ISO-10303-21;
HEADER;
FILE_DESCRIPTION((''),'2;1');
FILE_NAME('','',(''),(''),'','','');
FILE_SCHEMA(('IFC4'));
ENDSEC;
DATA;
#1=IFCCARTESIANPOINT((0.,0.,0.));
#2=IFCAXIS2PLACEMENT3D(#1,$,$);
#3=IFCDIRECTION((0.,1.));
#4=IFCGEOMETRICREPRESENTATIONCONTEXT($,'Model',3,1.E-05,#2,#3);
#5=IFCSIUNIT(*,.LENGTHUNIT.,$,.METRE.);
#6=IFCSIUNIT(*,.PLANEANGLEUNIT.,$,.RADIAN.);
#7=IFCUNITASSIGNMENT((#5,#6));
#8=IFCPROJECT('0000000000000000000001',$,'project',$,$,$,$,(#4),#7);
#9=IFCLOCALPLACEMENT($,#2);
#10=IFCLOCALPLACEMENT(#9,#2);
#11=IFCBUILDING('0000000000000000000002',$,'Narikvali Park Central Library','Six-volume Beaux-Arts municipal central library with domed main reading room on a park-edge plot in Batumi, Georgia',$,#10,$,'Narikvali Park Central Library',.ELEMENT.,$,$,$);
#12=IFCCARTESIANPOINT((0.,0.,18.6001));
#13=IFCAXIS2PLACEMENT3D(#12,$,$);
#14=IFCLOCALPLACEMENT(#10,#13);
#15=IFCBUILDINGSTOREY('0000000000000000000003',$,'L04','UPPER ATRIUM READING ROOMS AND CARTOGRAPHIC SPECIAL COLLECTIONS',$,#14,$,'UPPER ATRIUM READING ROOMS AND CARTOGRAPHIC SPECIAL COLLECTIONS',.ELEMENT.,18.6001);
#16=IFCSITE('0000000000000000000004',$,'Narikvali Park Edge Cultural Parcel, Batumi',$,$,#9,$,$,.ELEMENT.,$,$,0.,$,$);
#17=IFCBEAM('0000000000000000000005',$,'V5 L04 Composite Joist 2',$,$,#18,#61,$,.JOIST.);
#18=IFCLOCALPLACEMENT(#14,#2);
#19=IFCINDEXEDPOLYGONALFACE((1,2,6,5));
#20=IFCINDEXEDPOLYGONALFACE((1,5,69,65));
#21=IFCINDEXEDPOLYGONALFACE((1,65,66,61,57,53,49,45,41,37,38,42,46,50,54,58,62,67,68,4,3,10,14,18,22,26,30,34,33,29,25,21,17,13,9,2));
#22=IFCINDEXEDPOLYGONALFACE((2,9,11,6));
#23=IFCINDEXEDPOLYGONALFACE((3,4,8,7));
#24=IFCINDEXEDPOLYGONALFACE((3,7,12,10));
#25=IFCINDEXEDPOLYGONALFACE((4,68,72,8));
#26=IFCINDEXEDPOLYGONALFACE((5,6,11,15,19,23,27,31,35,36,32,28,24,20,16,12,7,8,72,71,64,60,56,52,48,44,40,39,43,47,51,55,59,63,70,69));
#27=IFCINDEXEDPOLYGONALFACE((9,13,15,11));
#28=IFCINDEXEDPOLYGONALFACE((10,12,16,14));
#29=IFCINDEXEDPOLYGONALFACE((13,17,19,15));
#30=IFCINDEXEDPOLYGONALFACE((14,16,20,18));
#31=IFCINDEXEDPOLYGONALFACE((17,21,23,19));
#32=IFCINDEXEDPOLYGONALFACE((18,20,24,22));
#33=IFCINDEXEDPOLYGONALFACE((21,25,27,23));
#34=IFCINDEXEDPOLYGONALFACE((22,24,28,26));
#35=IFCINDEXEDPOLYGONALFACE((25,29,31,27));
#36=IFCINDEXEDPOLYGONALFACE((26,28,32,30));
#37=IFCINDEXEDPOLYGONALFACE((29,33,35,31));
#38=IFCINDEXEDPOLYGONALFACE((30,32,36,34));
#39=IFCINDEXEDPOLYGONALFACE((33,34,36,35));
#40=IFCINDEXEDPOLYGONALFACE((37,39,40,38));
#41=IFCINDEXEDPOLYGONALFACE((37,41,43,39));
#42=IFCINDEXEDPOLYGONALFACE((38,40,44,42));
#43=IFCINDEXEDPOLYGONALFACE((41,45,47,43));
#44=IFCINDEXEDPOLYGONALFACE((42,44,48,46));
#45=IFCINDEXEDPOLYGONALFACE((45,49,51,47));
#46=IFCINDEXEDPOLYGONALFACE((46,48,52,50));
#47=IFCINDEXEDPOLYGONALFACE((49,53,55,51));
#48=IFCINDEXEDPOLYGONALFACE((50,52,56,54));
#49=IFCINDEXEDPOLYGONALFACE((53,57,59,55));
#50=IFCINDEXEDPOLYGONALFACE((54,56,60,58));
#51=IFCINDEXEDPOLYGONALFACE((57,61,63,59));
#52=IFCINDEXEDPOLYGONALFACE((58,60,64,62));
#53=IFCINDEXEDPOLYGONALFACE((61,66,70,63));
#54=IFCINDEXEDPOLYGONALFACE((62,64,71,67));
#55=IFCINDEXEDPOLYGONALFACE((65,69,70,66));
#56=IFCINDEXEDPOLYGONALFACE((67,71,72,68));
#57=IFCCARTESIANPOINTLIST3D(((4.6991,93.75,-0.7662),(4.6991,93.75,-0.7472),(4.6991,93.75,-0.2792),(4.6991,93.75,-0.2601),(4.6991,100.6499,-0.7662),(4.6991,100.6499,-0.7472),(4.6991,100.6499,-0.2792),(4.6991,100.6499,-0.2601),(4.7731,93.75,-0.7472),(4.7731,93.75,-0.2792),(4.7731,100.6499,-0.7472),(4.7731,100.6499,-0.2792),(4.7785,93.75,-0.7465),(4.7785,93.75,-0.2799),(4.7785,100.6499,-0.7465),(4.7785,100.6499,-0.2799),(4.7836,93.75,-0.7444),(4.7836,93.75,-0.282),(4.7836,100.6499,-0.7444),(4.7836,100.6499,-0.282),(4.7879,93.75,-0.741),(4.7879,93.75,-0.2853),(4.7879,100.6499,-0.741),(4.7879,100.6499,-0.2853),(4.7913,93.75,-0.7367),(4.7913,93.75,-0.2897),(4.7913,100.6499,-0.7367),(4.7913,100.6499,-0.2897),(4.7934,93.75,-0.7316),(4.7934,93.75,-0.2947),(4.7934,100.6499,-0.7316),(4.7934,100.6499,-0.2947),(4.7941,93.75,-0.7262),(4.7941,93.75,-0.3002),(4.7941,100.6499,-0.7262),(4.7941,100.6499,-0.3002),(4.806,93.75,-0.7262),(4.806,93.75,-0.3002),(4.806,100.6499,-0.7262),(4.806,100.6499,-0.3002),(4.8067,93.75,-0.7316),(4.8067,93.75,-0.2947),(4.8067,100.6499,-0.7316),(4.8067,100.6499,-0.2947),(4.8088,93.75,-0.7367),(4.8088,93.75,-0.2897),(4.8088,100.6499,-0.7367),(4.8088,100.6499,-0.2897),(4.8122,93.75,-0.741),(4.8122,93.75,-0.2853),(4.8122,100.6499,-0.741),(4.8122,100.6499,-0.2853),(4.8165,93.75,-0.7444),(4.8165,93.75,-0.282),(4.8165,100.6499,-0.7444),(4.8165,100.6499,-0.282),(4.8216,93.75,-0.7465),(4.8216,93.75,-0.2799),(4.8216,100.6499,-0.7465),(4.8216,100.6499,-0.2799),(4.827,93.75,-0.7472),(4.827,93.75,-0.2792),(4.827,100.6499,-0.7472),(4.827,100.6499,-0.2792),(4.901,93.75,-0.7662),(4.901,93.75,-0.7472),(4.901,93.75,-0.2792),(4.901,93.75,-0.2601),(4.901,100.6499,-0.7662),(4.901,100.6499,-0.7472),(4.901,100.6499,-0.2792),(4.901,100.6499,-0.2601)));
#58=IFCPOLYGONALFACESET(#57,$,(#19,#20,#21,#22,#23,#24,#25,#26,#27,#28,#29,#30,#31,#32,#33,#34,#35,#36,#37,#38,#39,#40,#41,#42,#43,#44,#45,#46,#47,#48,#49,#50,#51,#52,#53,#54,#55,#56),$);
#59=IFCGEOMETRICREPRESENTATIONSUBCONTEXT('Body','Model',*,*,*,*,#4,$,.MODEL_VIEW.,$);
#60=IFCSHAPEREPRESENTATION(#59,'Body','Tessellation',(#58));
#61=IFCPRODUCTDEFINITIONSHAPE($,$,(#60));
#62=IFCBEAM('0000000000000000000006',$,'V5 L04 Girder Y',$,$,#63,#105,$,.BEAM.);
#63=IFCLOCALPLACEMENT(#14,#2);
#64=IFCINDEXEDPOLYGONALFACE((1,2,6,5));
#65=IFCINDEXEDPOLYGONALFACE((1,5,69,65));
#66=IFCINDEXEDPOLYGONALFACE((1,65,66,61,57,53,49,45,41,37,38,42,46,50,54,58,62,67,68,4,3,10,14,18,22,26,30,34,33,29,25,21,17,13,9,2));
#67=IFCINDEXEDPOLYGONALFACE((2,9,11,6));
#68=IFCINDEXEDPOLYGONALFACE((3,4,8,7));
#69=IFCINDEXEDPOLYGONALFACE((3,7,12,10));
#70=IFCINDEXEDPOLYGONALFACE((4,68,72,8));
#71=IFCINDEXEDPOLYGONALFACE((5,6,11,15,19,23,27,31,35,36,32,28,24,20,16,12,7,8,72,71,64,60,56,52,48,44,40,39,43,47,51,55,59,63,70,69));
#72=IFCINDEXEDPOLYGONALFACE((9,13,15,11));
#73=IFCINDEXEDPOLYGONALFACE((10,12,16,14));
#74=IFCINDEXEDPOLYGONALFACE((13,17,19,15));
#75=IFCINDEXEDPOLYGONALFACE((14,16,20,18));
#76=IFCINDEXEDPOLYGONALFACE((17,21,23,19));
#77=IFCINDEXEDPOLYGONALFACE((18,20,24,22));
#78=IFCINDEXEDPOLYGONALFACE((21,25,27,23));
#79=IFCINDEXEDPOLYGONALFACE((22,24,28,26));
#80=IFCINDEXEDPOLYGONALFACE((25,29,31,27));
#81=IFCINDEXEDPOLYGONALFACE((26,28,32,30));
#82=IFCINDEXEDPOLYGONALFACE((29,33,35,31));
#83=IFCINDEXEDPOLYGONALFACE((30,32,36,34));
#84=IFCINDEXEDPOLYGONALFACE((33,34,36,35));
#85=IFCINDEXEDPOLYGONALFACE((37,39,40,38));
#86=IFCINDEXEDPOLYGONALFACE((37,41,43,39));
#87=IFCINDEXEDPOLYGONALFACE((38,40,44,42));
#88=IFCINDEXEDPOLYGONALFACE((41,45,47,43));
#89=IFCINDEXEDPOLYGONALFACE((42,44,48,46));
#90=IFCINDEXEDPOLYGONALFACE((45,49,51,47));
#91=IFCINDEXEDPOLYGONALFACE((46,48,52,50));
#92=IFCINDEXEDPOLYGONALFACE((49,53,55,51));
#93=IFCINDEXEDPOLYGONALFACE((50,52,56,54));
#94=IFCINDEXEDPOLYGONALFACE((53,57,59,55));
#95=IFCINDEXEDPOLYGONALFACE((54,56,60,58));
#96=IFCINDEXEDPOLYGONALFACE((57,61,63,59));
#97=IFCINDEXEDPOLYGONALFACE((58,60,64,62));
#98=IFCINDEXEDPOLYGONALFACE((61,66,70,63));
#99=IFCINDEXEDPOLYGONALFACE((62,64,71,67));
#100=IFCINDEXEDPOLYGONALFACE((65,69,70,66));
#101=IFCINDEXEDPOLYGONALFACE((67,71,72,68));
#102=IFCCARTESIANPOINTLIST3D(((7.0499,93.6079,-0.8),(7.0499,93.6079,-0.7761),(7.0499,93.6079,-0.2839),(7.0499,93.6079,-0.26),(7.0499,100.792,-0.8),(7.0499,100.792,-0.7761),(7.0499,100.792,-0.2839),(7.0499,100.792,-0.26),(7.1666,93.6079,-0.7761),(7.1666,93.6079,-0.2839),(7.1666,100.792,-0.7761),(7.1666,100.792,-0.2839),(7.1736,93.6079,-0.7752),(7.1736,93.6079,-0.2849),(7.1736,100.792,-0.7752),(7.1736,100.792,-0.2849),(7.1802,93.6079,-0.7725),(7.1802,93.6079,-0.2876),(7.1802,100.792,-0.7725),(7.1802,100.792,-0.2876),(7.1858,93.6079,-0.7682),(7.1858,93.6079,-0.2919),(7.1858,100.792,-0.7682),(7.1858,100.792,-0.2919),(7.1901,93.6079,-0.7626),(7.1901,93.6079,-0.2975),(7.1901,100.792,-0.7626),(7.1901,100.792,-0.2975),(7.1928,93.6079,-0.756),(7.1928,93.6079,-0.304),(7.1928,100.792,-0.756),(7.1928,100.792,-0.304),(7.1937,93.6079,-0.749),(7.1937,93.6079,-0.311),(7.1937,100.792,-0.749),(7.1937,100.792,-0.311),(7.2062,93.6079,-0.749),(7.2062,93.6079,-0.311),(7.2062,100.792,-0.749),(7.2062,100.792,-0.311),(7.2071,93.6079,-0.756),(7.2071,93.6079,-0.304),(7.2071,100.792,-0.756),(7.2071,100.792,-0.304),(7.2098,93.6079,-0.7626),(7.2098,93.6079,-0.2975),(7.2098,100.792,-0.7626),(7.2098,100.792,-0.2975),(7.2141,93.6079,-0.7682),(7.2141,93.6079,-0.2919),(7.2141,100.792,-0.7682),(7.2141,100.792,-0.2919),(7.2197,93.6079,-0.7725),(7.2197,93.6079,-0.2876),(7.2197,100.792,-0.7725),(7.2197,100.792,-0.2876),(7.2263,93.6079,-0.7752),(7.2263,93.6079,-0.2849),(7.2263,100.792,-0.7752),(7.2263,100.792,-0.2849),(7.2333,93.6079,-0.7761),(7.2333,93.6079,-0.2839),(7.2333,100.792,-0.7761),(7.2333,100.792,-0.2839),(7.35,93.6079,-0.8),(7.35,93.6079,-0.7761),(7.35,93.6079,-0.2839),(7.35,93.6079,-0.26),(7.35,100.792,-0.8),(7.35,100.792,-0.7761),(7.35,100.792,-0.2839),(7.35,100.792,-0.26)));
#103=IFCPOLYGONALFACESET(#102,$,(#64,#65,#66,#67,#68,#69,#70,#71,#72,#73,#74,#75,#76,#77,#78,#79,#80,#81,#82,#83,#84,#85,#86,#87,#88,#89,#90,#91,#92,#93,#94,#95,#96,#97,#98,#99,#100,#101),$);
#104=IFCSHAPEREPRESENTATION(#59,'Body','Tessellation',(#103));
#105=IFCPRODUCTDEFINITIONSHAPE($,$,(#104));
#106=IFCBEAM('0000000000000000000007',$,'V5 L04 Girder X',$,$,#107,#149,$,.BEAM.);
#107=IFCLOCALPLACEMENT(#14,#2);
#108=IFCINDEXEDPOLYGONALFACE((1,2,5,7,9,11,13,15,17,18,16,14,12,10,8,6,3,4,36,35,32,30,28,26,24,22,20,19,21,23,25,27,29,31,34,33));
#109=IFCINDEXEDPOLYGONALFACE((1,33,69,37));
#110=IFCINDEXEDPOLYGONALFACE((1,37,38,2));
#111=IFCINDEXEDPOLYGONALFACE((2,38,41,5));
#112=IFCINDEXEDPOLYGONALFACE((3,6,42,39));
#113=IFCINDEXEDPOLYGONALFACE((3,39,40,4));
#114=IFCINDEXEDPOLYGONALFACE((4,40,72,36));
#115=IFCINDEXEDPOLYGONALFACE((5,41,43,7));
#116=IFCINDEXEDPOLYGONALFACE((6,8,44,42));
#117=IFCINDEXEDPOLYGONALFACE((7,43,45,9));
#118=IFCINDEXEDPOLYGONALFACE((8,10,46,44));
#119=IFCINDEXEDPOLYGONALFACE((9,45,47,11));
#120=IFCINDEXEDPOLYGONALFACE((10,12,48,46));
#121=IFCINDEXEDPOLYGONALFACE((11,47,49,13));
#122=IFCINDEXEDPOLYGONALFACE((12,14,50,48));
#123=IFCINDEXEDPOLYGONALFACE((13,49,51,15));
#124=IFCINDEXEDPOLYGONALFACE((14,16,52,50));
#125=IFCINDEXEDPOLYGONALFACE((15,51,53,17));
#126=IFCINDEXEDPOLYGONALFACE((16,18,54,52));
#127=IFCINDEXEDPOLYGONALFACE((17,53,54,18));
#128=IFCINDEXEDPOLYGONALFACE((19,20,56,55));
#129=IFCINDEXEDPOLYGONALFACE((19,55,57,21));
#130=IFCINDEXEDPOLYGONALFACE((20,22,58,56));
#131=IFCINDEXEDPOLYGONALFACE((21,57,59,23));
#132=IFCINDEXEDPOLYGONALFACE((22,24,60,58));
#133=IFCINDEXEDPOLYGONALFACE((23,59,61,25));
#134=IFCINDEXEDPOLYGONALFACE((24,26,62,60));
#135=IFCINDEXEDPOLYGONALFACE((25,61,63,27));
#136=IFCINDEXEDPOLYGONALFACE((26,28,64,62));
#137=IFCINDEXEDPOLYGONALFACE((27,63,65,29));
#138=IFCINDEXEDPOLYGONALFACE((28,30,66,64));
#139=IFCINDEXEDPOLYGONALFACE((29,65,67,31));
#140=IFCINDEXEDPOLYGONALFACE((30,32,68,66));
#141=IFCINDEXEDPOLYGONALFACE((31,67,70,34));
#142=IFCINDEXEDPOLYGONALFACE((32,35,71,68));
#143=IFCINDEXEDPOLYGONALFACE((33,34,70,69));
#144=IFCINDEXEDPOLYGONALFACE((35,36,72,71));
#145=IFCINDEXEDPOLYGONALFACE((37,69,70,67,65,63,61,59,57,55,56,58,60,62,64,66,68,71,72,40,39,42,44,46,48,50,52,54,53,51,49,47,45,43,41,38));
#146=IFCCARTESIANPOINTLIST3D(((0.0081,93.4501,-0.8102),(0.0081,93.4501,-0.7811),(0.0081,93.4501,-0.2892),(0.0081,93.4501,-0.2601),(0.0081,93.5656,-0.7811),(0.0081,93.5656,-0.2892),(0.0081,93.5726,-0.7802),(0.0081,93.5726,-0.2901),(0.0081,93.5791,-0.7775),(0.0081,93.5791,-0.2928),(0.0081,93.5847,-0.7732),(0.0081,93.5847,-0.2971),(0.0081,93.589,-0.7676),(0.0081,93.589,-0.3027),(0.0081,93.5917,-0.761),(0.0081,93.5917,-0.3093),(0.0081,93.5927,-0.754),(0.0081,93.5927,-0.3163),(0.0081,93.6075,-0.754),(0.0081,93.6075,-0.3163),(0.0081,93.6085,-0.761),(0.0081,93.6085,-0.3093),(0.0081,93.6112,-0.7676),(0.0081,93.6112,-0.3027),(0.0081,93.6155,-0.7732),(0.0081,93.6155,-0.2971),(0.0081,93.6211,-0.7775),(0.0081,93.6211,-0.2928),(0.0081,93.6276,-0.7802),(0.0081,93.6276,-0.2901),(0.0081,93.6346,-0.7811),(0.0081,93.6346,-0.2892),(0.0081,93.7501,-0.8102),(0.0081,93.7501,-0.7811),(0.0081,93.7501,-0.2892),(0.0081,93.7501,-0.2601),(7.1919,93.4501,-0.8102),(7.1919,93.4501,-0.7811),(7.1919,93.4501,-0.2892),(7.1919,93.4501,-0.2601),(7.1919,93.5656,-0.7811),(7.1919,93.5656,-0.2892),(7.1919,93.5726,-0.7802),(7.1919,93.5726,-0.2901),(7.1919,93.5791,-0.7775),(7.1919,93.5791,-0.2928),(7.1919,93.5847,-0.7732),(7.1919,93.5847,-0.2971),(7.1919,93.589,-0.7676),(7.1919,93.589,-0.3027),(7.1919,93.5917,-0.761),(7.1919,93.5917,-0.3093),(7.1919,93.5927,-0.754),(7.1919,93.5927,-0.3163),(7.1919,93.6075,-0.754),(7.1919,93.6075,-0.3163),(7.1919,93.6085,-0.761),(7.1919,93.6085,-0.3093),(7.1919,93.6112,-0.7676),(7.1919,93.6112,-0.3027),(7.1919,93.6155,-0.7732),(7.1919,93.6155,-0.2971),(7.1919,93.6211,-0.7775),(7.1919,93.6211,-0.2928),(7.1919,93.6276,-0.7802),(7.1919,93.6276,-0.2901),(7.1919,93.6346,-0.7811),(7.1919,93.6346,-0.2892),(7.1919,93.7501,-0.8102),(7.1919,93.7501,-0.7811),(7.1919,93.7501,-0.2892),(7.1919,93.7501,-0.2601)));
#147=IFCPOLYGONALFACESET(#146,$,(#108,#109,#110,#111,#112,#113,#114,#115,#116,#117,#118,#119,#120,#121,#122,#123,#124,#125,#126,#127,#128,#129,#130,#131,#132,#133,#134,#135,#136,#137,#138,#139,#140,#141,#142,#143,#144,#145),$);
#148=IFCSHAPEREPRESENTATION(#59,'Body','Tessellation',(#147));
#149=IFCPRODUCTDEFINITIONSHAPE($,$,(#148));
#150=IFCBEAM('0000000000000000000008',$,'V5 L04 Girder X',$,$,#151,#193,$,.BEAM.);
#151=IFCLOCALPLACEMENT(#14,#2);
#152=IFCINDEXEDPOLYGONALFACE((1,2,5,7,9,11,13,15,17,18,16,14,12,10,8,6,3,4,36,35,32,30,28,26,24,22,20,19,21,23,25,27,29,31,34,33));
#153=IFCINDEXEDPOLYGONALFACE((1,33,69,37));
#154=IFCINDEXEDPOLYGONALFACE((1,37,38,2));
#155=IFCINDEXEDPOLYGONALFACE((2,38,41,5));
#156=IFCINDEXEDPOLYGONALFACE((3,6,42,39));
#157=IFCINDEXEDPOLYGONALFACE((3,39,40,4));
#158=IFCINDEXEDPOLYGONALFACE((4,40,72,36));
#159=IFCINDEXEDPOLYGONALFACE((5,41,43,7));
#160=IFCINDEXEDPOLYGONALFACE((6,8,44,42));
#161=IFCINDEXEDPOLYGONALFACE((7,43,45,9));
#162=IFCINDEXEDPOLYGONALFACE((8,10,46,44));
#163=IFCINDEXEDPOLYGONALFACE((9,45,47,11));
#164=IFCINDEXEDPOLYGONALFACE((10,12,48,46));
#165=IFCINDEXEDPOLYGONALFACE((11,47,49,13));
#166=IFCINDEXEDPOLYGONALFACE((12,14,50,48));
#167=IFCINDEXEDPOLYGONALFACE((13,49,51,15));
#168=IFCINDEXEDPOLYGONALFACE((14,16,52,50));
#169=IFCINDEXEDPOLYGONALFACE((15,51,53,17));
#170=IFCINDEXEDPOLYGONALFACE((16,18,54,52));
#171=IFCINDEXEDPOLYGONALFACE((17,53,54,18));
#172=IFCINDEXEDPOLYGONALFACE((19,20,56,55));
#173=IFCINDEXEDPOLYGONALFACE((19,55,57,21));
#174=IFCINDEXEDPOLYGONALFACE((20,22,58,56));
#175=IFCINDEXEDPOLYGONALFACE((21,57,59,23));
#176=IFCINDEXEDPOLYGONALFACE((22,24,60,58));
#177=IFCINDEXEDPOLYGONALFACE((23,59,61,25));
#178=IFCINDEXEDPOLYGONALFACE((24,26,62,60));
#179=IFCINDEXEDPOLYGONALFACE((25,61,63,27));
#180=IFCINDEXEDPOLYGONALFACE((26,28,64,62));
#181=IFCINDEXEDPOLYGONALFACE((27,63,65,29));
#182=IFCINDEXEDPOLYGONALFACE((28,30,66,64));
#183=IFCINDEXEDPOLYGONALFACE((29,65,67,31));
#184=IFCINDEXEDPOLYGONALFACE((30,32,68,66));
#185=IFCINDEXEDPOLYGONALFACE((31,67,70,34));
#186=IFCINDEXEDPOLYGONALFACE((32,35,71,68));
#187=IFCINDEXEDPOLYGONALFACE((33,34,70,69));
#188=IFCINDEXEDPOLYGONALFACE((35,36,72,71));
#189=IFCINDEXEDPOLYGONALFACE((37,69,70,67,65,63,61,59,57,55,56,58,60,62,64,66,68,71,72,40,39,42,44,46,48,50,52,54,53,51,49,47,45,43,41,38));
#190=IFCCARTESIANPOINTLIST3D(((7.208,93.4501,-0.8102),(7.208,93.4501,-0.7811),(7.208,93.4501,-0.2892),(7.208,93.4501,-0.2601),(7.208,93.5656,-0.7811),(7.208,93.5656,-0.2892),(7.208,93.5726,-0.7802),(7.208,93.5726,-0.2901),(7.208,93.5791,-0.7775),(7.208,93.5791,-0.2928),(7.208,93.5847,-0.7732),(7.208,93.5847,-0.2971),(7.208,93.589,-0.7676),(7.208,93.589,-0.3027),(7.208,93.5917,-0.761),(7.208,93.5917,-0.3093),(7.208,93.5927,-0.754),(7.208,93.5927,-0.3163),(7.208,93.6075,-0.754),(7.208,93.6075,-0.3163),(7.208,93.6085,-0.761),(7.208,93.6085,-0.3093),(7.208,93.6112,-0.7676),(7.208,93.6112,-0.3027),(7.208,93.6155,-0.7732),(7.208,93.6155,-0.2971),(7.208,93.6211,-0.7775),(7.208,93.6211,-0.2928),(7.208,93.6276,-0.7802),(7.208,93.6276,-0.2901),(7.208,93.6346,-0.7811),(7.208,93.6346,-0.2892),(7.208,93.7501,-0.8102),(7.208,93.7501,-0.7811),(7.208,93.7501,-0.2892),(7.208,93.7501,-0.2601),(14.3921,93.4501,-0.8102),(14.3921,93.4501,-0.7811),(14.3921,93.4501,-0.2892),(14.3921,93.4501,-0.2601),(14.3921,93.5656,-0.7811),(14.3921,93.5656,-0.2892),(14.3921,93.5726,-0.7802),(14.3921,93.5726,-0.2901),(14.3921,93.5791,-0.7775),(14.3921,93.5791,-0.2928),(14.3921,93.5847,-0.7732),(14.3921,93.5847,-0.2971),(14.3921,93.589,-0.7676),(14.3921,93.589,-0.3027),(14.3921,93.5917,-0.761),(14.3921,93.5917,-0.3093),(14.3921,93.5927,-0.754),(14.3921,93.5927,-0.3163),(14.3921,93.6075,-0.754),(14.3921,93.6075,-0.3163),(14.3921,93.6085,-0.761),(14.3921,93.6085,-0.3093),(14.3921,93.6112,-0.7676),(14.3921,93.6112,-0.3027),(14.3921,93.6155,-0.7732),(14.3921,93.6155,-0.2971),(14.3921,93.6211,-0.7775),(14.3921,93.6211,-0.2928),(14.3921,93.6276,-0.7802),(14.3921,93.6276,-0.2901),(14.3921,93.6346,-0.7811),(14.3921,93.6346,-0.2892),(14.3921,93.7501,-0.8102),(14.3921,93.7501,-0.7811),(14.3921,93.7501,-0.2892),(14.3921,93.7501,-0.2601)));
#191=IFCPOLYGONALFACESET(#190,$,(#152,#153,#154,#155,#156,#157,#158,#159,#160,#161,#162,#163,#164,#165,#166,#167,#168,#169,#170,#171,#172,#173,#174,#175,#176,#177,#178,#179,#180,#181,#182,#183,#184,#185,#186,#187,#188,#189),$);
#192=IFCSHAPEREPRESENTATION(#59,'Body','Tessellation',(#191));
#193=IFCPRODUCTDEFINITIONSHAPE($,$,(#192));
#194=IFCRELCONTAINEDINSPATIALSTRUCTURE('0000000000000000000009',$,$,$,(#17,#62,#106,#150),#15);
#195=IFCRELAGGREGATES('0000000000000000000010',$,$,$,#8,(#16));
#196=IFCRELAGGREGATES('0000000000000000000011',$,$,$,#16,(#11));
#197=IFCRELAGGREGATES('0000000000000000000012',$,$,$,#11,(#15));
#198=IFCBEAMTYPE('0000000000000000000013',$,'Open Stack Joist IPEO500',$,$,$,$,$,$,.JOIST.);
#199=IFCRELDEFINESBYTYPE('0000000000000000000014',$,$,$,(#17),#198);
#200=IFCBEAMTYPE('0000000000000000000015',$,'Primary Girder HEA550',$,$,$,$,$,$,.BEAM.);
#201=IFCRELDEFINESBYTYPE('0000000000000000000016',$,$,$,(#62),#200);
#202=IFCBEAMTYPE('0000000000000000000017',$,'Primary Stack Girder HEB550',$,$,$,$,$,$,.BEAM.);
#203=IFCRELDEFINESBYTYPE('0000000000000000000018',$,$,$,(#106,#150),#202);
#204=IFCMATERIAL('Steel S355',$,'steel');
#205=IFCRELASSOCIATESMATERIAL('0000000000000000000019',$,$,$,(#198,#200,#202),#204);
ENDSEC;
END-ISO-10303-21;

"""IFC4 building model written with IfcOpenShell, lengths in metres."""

from ifc_helpers import new_model, si_unit, direction, frame, origin, origin_2d, place, context, subcontext, project, spatial, i_section, extrude, material, material_profile, profile_set, type_object, element, save


model = new_model("IFC4")

# Units and contexts
model_context = context("Model", 3, precision=1e-05, world=origin(), true_north=direction((0.0, 1.0)))
body_context = subcontext(model_context, "Body", "Model", "MODEL_VIEW")
ifc_project = project(units=[si_unit("LENGTHUNIT", "METRE"), si_unit("PLANEANGLEUNIT", "RADIAN")], contexts=[model_context])

# Site, building, storey
site_placement = place(None, origin())
site = spatial("IfcSite", under=ifc_project, at=site_placement, Name="Narikvali Park Edge Cultural Parcel, Batumi", CompositionType="ELEMENT", RefElevation=0.0)
building_placement = place(site_placement, origin())
building = spatial("IfcBuilding", under=site, at=building_placement, Name="Narikvali Park Central Library", Description="Six-volume Beaux-Arts municipal central library with domed main reading room on a park-edge plot in Batumi, Georgia", LongName="Narikvali Park Central Library", CompositionType="ELEMENT")
storey_placement = place(building_placement, frame((0.0, 0.0, 18.6001)))
storey = spatial("IfcBuildingStorey", under=building, at=storey_placement, Name="L04", Description="UPPER ATRIUM READING ROOMS AND CARTOGRAPHIC SPECIAL COLLECTIONS", LongName="UPPER ATRIUM READING ROOMS AND CARTOGRAPHIC SPECIAL COLLECTIONS", CompositionType="ELEMENT", Elevation=18.6001)

# Shared definitions
ifc_material_1 = material(Name="Steel S355", Category="steel")

# Beams
ifc_material_profile_1 = material_profile(ifc_material_1, i_section(OverallWidth=0.2019, OverallDepth=0.5061, WebThickness=0.012, FlangeThickness=0.019, FilletRadius=0.021, at=origin_2d()), Name="IPEO 500")
ifc_profile_set_1 = profile_set([ifc_material_profile_1], Name="Steel S355")
beam_type_1 = type_object("IfcBeamType", Name="Open Stack Joist IPEO500", PredefinedType="JOIST", material=ifc_profile_set_1)
for number, where, z_axis, x_axis, name in (
    (1, (4.8, 93.75, -0.5132), (0.0, 1.0, 0.0), (-1.0, 0.0, 0.0), "V5 L04 Composite Joist 2"),
):
    element("IfcBeam", number, at=place(storey_placement, frame(where, z_axis=z_axis, x_axis=x_axis)), inside=storey, type_object=beam_type_1, Name=name, PredefinedType="JOIST", context=body_context, shape_type="SweptSolid", body=[
        extrude(i_section(OverallWidth=0.2019, OverallDepth=0.5061, WebThickness=0.012, FlangeThickness=0.019, FilletRadius=0.021, at=origin_2d()), origin(), (0.0, 0.0, 1.0), 6.8999),
    ])
ifc_material_profile_2 = material_profile(ifc_material_1, i_section(OverallWidth=0.3, OverallDepth=0.54, WebThickness=0.0125, FlangeThickness=0.0239, FilletRadius=0.0271, at=origin_2d()), Name="HEA 550")
ifc_profile_set_2 = profile_set([ifc_material_profile_2], Name="Steel S355")
beam_type_2 = type_object("IfcBeamType", Name="Primary Girder HEA550", PredefinedType="BEAM", material=ifc_profile_set_2)
beam_1_placement = place(storey_placement, frame((7.2, 93.6079, -0.53), z_axis=(0.0, 1.0, 0.0), x_axis=(-1.0, 0.0, 0.0)))
element("IfcBeam", 2, at=beam_1_placement, inside=storey, type_object=beam_type_2, Name="V5 L04 Girder Y", PredefinedType="BEAM", context=body_context, shape_type="SweptSolid", body=[
    extrude(i_section(OverallWidth=0.3, OverallDepth=0.54, WebThickness=0.0125, FlangeThickness=0.0239, FilletRadius=0.0271, at=origin_2d()), origin(), (0.0, 0.0, 1.0), 7.1841),
])
ifc_material_profile_3 = material_profile(ifc_material_1, i_section(OverallWidth=0.3, OverallDepth=0.55, WebThickness=0.0149, FlangeThickness=0.0291, FilletRadius=0.0271, at=origin_2d()), Name="HEB 550")
ifc_profile_set_3 = profile_set([ifc_material_profile_3], Name="Steel S355")
beam_type_3 = type_object("IfcBeamType", Name="Primary Stack Girder HEB550", PredefinedType="BEAM", material=ifc_profile_set_3)
beam_2_placement = place(storey_placement, frame((0.0081, 93.6001, -0.5352), z_axis=(1.0, 0.0, 0.0), x_axis=(0.0, 1.0, 0.0)))
element("IfcBeam", 3, at=beam_2_placement, inside=storey, type_object=beam_type_3, Name="V5 L04 Girder X", PredefinedType="BEAM", context=body_context, shape_type="SweptSolid", body=[
    extrude(i_section(OverallWidth=0.3, OverallDepth=0.55, WebThickness=0.0149, FlangeThickness=0.0291, FilletRadius=0.0271, at=origin_2d()), origin(), (0.0, 0.0, 1.0), 7.1838),
])
beam_3_placement = place(storey_placement, frame((7.208, 93.6001, -0.5352), z_axis=(1.0, 0.0, 0.0), x_axis=(0.0, 1.0, 0.0)))
element("IfcBeam", 4, at=beam_3_placement, inside=storey, type_object=beam_type_3, Name="V5 L04 Girder X", PredefinedType="BEAM", context=body_context, shape_type="SweptSolid", body=[
    extrude(i_section(OverallWidth=0.3, OverallDepth=0.55, WebThickness=0.0149, FlangeThickness=0.0291, FilletRadius=0.0271, at=origin_2d()), origin(), (0.0, 0.0, 1.0), 7.1841),
])

save(model, "model.ifc")
